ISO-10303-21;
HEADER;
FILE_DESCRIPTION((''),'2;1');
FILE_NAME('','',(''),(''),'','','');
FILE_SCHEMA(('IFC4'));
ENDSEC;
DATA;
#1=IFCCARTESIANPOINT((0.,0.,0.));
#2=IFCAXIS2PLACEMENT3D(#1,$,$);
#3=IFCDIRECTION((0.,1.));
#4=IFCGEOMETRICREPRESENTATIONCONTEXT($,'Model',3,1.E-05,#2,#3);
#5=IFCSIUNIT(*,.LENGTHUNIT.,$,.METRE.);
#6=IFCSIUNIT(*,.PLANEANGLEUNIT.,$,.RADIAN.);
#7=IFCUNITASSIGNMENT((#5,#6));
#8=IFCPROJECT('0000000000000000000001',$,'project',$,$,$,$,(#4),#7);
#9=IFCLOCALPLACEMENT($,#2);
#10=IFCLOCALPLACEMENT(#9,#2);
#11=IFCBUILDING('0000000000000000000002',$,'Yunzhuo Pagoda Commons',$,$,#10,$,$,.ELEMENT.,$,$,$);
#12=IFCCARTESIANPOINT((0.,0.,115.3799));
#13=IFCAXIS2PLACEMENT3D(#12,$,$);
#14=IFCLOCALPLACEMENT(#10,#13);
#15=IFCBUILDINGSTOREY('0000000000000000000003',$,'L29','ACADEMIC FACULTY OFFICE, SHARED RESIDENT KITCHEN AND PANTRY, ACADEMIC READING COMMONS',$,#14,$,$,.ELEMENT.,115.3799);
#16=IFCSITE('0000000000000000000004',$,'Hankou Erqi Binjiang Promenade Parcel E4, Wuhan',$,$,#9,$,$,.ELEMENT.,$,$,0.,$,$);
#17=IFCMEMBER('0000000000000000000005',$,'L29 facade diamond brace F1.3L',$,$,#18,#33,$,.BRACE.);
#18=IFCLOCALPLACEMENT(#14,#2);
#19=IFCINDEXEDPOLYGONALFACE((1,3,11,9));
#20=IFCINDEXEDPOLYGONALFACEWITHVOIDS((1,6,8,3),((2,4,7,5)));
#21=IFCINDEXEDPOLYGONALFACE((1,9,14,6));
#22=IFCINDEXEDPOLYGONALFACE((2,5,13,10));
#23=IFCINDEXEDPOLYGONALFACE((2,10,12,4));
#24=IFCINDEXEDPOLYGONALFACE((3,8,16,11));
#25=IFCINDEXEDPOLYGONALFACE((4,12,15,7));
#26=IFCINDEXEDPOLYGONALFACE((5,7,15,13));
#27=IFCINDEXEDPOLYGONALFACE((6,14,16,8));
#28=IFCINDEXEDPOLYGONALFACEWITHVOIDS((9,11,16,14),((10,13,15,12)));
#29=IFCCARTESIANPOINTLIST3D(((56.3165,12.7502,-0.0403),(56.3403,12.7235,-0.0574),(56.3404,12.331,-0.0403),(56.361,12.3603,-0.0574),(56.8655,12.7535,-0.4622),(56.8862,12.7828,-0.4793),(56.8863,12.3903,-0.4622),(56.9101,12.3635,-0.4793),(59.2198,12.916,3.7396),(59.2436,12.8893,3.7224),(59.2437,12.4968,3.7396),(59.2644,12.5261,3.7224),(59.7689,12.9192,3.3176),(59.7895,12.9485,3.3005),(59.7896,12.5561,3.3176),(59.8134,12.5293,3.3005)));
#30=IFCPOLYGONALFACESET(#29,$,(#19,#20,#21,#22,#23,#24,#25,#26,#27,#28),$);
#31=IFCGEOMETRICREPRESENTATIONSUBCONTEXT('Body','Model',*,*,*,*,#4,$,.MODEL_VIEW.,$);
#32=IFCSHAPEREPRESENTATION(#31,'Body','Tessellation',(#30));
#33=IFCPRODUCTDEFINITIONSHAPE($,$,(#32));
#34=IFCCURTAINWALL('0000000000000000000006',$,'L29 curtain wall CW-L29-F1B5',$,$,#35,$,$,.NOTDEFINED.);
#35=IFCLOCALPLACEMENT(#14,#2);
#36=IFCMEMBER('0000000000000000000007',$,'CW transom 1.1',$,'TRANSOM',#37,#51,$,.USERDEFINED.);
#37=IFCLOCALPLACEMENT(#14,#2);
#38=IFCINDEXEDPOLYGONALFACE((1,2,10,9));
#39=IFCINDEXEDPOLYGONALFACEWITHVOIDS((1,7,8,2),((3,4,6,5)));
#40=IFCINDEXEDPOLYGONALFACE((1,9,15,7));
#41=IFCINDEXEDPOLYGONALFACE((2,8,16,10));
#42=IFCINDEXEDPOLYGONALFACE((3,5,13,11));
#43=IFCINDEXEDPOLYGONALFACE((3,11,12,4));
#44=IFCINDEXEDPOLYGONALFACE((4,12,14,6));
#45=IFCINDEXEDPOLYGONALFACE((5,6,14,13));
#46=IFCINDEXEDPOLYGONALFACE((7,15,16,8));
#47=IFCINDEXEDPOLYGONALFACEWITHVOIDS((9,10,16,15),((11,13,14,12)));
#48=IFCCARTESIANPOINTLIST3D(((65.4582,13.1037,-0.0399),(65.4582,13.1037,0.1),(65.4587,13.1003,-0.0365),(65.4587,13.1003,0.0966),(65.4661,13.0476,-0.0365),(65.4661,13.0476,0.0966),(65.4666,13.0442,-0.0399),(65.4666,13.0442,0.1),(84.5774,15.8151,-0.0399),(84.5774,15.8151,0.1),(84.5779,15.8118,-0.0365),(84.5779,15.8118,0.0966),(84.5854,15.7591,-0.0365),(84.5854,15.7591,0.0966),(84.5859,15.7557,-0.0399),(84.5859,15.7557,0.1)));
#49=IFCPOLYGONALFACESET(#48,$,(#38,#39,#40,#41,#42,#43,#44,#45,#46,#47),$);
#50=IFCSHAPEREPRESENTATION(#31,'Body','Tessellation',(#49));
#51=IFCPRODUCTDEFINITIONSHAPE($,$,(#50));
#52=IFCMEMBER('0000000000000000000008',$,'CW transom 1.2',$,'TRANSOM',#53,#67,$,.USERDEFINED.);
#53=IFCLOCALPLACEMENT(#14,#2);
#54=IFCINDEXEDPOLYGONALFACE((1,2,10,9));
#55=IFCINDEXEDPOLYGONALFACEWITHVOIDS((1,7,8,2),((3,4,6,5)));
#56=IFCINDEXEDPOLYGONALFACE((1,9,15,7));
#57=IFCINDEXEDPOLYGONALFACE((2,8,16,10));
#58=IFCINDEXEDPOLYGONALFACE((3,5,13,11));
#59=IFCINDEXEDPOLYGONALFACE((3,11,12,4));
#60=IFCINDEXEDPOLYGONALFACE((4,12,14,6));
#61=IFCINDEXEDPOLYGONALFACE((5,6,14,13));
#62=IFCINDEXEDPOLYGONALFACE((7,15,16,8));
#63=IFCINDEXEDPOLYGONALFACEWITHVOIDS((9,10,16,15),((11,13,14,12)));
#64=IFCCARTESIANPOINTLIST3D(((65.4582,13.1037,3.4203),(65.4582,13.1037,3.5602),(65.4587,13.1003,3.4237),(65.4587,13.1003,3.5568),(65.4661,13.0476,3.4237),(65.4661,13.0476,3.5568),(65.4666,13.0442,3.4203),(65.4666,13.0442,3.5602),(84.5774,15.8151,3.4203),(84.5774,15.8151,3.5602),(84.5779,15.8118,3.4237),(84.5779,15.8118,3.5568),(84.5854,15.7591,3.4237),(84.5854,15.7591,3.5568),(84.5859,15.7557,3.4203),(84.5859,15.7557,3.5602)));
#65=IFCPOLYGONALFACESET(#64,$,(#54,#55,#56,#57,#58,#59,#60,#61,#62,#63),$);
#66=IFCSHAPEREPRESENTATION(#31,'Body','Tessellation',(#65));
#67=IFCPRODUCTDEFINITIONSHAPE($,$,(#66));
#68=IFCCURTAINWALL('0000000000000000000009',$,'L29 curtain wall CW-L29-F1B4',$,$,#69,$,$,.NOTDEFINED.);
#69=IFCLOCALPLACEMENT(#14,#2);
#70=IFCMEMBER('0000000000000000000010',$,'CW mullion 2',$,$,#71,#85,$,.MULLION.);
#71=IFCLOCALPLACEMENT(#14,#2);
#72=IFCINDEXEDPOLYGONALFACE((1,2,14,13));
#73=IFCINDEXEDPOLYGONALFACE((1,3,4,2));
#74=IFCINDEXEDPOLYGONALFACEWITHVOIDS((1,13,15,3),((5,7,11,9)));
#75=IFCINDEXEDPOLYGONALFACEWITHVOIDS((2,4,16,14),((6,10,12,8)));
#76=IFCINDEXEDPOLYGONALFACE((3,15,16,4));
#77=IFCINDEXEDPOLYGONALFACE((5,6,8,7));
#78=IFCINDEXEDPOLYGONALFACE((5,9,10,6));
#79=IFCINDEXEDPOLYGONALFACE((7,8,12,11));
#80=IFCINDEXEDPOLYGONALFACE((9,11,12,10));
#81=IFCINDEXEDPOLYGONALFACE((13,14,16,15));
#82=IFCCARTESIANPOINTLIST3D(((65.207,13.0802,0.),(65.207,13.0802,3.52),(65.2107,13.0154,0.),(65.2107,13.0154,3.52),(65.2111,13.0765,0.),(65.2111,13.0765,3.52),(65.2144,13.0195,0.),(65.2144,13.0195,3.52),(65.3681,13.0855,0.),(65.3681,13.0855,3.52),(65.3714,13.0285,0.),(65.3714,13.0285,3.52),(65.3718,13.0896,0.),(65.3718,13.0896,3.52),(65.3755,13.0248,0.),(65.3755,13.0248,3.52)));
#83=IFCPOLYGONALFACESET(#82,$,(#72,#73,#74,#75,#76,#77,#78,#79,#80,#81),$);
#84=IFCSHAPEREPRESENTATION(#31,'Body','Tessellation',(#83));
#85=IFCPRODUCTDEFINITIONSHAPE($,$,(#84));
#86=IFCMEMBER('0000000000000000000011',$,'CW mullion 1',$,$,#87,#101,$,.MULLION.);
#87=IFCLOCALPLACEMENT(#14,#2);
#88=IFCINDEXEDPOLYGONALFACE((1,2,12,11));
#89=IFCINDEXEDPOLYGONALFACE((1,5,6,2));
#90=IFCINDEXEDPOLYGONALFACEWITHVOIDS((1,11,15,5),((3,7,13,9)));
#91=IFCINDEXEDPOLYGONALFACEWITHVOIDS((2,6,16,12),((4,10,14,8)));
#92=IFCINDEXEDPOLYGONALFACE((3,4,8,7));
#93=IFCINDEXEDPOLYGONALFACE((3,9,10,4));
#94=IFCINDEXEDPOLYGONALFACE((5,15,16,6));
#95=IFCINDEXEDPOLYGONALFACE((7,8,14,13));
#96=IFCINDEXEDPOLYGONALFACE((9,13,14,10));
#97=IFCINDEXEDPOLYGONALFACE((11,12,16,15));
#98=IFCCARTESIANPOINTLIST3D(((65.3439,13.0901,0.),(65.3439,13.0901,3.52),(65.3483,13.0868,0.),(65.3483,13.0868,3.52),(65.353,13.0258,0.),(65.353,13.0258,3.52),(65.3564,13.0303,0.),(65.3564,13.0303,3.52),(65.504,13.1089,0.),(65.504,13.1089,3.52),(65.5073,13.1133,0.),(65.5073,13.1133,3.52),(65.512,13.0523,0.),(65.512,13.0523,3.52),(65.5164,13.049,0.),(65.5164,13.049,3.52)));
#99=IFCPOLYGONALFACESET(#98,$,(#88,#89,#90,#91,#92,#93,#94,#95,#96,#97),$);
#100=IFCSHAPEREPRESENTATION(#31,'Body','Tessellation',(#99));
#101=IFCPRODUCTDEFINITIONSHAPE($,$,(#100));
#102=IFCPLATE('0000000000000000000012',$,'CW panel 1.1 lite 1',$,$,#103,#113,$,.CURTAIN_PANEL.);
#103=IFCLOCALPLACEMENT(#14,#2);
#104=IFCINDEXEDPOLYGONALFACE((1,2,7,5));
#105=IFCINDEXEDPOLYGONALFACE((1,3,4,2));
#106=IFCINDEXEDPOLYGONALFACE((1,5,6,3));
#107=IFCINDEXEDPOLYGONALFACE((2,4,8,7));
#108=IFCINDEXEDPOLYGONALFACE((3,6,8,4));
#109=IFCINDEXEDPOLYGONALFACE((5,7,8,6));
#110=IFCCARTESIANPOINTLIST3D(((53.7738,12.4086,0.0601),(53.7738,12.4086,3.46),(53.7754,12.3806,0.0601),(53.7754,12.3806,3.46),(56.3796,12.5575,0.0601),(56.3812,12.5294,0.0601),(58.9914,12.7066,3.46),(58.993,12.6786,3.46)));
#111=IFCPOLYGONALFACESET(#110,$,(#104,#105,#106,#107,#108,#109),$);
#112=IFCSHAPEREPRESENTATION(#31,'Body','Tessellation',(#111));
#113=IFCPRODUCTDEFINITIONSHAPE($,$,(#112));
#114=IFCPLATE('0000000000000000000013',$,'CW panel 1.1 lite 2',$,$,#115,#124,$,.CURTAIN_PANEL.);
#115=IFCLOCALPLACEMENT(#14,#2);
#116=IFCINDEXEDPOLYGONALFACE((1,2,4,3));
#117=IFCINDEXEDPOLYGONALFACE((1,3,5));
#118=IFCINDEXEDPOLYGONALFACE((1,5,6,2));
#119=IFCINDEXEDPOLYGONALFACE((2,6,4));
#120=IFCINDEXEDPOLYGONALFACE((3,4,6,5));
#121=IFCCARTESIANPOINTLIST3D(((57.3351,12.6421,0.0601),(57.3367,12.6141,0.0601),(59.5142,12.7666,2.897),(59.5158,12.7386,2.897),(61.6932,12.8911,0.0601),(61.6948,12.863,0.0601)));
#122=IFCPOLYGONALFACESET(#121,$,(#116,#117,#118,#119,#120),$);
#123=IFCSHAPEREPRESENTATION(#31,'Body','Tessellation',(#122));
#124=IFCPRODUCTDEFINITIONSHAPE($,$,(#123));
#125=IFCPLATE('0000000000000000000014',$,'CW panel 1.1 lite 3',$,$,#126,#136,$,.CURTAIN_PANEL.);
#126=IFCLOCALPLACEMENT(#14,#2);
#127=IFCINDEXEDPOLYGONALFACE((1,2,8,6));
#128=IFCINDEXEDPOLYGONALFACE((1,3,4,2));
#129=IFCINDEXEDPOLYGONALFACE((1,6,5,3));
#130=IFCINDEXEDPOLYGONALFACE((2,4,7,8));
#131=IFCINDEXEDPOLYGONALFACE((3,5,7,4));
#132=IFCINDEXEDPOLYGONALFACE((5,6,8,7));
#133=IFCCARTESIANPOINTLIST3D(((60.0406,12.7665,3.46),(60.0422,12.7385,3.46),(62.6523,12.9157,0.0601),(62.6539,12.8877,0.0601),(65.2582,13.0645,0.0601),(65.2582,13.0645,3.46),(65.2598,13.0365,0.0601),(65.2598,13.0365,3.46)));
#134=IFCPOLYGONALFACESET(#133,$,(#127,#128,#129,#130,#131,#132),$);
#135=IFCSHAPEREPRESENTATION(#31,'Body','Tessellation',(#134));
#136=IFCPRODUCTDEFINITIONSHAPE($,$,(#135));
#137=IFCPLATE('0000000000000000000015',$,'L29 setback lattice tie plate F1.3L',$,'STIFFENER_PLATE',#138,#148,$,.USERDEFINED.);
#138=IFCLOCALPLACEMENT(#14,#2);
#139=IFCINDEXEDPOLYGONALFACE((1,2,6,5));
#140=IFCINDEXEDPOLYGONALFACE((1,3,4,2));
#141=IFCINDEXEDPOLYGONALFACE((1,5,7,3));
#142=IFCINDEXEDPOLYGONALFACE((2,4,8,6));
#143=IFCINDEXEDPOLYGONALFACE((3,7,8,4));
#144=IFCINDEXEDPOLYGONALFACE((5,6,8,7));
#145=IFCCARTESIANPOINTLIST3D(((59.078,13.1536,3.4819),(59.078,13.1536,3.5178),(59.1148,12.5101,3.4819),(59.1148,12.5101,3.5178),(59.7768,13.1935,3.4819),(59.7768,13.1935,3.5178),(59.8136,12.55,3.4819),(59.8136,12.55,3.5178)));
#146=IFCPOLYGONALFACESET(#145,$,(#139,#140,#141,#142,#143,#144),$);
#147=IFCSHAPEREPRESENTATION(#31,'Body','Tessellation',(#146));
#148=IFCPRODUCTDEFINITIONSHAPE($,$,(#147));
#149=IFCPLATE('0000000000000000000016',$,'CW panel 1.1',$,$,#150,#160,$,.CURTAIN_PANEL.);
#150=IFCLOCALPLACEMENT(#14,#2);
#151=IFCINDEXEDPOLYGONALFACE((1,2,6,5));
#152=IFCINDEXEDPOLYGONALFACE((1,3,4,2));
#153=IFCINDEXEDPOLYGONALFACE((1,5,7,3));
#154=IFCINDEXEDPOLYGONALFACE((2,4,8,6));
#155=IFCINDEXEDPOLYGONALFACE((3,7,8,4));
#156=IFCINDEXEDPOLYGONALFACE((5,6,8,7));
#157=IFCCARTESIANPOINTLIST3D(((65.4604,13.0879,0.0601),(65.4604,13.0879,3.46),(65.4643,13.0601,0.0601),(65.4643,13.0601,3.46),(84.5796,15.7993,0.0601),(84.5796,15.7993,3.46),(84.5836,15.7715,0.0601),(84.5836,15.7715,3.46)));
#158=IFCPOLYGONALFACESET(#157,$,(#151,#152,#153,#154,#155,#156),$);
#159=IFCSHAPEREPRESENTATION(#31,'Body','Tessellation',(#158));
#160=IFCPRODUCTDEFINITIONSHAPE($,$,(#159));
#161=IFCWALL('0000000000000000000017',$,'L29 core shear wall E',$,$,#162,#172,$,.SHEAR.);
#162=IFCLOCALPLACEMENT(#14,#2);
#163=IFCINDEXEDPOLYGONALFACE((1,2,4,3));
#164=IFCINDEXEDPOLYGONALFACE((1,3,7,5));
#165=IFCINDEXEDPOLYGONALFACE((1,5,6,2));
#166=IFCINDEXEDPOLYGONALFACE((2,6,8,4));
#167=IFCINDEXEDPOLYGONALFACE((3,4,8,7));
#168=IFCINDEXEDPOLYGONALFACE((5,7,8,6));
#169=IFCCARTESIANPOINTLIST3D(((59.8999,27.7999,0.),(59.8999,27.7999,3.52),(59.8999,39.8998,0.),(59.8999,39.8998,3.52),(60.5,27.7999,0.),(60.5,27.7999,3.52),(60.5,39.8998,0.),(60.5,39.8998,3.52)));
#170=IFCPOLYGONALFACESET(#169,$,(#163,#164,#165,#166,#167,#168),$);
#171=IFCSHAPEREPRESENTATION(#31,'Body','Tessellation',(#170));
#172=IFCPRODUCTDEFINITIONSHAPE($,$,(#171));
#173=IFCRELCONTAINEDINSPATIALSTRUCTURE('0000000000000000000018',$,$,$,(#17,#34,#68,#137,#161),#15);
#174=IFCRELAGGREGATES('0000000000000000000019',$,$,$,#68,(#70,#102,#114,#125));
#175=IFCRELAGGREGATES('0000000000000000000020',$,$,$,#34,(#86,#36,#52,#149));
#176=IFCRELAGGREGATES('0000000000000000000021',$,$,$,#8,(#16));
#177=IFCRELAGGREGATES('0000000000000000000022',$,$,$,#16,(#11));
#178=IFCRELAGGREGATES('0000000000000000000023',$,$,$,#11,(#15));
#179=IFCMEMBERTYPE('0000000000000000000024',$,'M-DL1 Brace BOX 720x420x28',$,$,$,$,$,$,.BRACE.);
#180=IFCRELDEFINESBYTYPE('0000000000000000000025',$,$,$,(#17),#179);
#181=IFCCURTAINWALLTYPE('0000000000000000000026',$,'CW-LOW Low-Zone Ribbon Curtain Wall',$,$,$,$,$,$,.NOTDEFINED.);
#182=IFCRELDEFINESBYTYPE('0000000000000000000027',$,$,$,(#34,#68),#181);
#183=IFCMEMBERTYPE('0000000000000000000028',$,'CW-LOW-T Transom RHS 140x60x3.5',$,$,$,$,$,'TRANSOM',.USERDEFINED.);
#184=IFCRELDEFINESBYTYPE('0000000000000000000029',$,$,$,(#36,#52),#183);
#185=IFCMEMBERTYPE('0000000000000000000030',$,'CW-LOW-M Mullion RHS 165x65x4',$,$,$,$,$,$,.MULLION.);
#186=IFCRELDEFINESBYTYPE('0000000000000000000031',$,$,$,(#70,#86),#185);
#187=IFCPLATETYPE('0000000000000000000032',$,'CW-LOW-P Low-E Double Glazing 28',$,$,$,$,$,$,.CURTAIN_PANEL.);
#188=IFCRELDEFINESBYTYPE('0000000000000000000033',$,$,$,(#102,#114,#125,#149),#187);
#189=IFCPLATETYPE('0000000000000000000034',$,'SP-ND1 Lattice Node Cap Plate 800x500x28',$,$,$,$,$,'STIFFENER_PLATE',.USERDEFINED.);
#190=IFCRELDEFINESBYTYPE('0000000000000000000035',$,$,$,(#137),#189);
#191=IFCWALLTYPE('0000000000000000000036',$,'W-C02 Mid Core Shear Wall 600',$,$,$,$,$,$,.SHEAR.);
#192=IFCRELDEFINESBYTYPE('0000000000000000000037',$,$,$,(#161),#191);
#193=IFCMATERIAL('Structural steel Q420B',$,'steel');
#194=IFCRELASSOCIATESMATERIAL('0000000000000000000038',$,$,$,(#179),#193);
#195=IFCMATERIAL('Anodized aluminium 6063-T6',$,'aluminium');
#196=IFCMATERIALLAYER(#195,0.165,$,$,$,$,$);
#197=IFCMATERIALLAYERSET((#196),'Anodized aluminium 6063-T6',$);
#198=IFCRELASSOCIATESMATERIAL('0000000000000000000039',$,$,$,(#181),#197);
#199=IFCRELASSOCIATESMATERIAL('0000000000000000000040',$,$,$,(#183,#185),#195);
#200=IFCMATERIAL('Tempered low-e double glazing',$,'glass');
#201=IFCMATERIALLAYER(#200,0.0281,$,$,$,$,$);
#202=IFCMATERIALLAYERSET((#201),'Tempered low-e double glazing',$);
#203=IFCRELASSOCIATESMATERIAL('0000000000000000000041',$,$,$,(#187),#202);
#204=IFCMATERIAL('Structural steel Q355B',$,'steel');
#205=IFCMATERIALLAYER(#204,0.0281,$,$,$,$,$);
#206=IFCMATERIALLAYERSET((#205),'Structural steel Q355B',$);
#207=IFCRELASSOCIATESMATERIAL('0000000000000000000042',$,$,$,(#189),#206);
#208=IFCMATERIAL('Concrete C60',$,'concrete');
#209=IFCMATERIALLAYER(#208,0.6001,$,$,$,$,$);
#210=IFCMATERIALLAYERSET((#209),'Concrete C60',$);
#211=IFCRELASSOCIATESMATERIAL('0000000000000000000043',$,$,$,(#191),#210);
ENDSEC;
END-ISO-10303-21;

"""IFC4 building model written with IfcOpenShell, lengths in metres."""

from ifc_helpers import new_model, si_unit, direction, frame, frame_2d, origin, origin_2d, place, context, subcontext, project, spatial, polyline, rectangle, hollow_rectangle, outline, extrude, source, transform, mapped, material, layer, layer_set, material_profile, profile_set, type_object, element, aggregate, save


model = new_model("IFC4")

# Units and contexts
model_context = context("Model", 3, precision=1e-05, world=origin(), true_north=direction((0.0, 1.0)))
body_context = subcontext(model_context, "Body", "Model", "MODEL_VIEW")
ifc_project = project(units=[si_unit("LENGTHUNIT", "METRE"), si_unit("PLANEANGLEUNIT", "RADIAN")], contexts=[model_context])

# Site, building, storey
site_placement = place(None, origin())
site = spatial("IfcSite", under=ifc_project, at=site_placement, Name="Hankou Erqi Binjiang Promenade Parcel E4, Wuhan", CompositionType="ELEMENT", RefElevation=0.0)
building_placement = place(site_placement, origin())
building = spatial("IfcBuilding", under=site, at=building_placement, Name="Yunzhuo Pagoda Commons", CompositionType="ELEMENT")
storey_placement = place(building_placement, frame((0.0, 0.0, 115.3799)))
storey = spatial("IfcBuildingStorey", under=building, at=storey_placement, Name="L29", Description="ACADEMIC FACULTY OFFICE, SHARED RESIDENT KITCHEN AND PANTRY, ACADEMIC READING COMMONS", CompositionType="ELEMENT", Elevation=115.3799)

# Shared definitions
ifc_material_1 = material(Name="Structural steel Q420B", Category="steel")

# Shared definitions
ifc_material_2 = material(Name="Structural steel Q355B", Category="steel")

# Member
ifc_material_profile_1 = material_profile(ifc_material_1, hollow_rectangle(XDim=0.4199, YDim=0.72, WallThickness=0.0281, at=origin_2d()), Name="Structural steel Q420B")
ifc_profile_set_1 = profile_set([ifc_material_profile_1], Name="Structural steel Q420B")
member_type_1 = type_object("IfcMemberType", Name="M-DL1 Brace BOX 720x420x28", PredefinedType="BRACE", material=ifc_profile_set_1)
shared_shape_1 = source(origin(), body_context, "Body", "SweptSolid", [
    extrude(hollow_rectangle(XDim=0.4199, YDim=0.72, WallThickness=0.0281, at=origin_2d()), origin(), (0.0, 0.0, 1.0), 4.769),
])
member_1_placement = place(storey_placement, frame((56.6133, 12.5569, -0.2598), z_axis=(0.608788, 0.03476, 0.792571), x_axis=(-0.057004, 0.998374, 0.0)))
element("IfcMember", 1, at=member_1_placement, inside=storey, type_object=member_type_1, Name="L29 facade diamond brace F1.3L", PredefinedType="BRACE", context=body_context, shape_type="MappedRepresentation", body=[
    mapped(shared_shape_1, transform((0.0, 0.0, 0.0), scale=1.0)),
])

# Curtain wall, members
ifc_material_3 = material(Name="Anodized aluminium 6063-T6", Category="aluminium")
ifc_layer_1 = layer(ifc_material_3, 0.165)
ifc_layer_set_1 = layer_set([ifc_layer_1], Name="Anodized aluminium 6063-T6")
curtain_wall_type = type_object("IfcCurtainWallType", Name="CW-LOW Low-Zone Ribbon Curtain Wall", PredefinedType="NOTDEFINED", material=ifc_layer_set_1)
curtain_wall_1_placement = place(storey_placement, origin())
curtain_wall_1 = element("IfcCurtainWall", 2, at=curtain_wall_1_placement, inside=storey, type_object=curtain_wall_type, Name="L29 curtain wall CW-L29-F1B5", PredefinedType="NOTDEFINED")
ifc_material_profile_2 = material_profile(ifc_material_3, hollow_rectangle(XDim=0.0601, YDim=0.1399, WallThickness=0.0034, at=origin_2d()), Name="Anodized aluminium 6063-T6")
ifc_profile_set_2 = profile_set([ifc_material_profile_2], Name="Anodized aluminium 6063-T6")
member_type_2 = type_object("IfcMemberType", Name="CW-LOW-T Transom RHS 140x60x3.5", ElementType="TRANSOM", PredefinedType="USERDEFINED", material=ifc_profile_set_2)
shared_shape_2 = source(origin(), body_context, "Body", "SweptSolid", [
    extrude(hollow_rectangle(XDim=0.0601, YDim=0.1399, WallThickness=0.0034, at=origin_2d()), origin(), (0.0, 0.0, 1.0), 19.3105),
])
member_2_placement = place(storey_placement, frame((65.4624, 13.074, 0.03), z_axis=(0.990093, 0.140412, 0.0), x_axis=(-0.140412, 0.990093, 0.0)))
member_2 = element("IfcMember", 3, at=member_2_placement, type_object=member_type_2, Name="CW transom 1.1", ObjectType="TRANSOM", PredefinedType="USERDEFINED", context=body_context, shape_type="MappedRepresentation", body=[
    mapped(shared_shape_2, transform((0.0, 0.0, 0.0), scale=1.0)),
])
member_3_placement = place(storey_placement, frame((65.4624, 13.074, 3.4902), z_axis=(0.990093, 0.140412, 0.0), x_axis=(-0.140412, 0.990093, 0.0)))
member_3 = element("IfcMember", 4, at=member_3_placement, type_object=member_type_2, Name="CW transom 1.2", ObjectType="TRANSOM", PredefinedType="USERDEFINED", context=body_context, shape_type="MappedRepresentation", body=[
    mapped(shared_shape_2, transform((0.0, 0.0, 0.0), scale=1.0)),
])

# Curtain wall, member
curtain_wall_2_placement = place(storey_placement, origin())
curtain_wall_2 = element("IfcCurtainWall", 5, at=curtain_wall_2_placement, inside=storey, type_object=curtain_wall_type, Name="L29 curtain wall CW-L29-F1B4", PredefinedType="NOTDEFINED")
ifc_material_profile_3 = material_profile(ifc_material_3, hollow_rectangle(XDim=0.0649, YDim=0.165, WallThickness=0.0039, at=origin_2d()), Name="Anodized aluminium 6063-T6")
ifc_profile_set_3 = profile_set([ifc_material_profile_3], Name="Anodized aluminium 6063-T6")
member_type_3 = type_object("IfcMemberType", Name="CW-LOW-M Mullion RHS 165x65x4", PredefinedType="MULLION", material=ifc_profile_set_3)
shared_shape_3 = source(origin(), body_context, "Body", "SweptSolid", [
    extrude(hollow_rectangle(XDim=0.0649, YDim=0.165, WallThickness=0.0039, at=origin_2d()), origin(), (0.0, 0.0, 1.0), 3.52),
])
member_4_placement = place(storey_placement, frame((65.2913, 13.0525, 0.0), z_axis=(0.0, 0.0, 1.0), x_axis=(-0.057028, 0.998373, 0.0)))
member_4 = element("IfcMember", 6, at=member_4_placement, type_object=member_type_3, Name="CW mullion 2", PredefinedType="MULLION", context=body_context, shape_type="MappedRepresentation", body=[
    mapped(shared_shape_3, transform((0.0, 0.0, 0.0), scale=1.0)),
])

# Member
member_5_placement = place(storey_placement, frame((65.4302, 13.0696, 0.0), z_axis=(0.0, 0.0, 1.0), x_axis=(-0.140408, 0.990094, 0.0)))
member_5 = element("IfcMember", 7, at=member_5_placement, type_object=member_type_3, Name="CW mullion 1", PredefinedType="MULLION", context=body_context, shape_type="MappedRepresentation", body=[
    mapped(shared_shape_3, transform((0.0, 0.0, 0.0), scale=1.0)),
])

# Plates
ifc_material_4 = material(Name="Tempered low-e double glazing", Category="glass")
ifc_layer_2 = layer(ifc_material_4, 0.0281)
ifc_layer_set_2 = layer_set([ifc_layer_2], Name="Tempered low-e double glazing")
plate_type_1 = type_object("IfcPlateType", Name="CW-LOW-P Low-E Double Glazing 28", PredefinedType="CURTAIN_PANEL", material=ifc_layer_set_2)
plate_1_placement = place(storey_placement, frame((56.3826, 12.5576, 1.76), z_axis=(0.057028, -0.998373, 0.0), x_axis=(0.998373, 0.057028, 0.0)))
plate_1 = element("IfcPlate", 8, at=plate_1_placement, type_object=plate_type_1, Name="CW panel 1.1 lite 1", PredefinedType="CURTAIN_PANEL", context=body_context, shape_type="SweptSolid", body=[
    extrude(outline(polyline([(-2.613, -1.7), (-0.0029, -1.7), (2.613, 1.7), (-2.613, 1.7), (-2.613, -1.7)])), origin(), (0.0, 0.0, 1.0), 0.0281),
])
plate_2_placement = place(storey_placement, frame((59.5142, 12.7666, 1.4785), z_axis=(0.057028, -0.998373, 0.0), x_axis=(0.998373, 0.057028, 0.0)))
plate_2 = element("IfcPlate", 9, at=plate_2_placement, type_object=plate_type_1, Name="CW panel 1.1 lite 2", PredefinedType="CURTAIN_PANEL", context=body_context, shape_type="SweptSolid", body=[
    extrude(outline(polyline([(-2.1826, -1.4185), (2.1826, -1.4185), (0.0, 1.4185), (-2.1826, -1.4185)])), origin(), (0.0, 0.0, 1.0), 0.0281),
])
plate_3_placement = place(storey_placement, frame((62.6494, 12.9155, 1.76), z_axis=(0.057028, -0.998373, 0.0), x_axis=(0.998373, 0.057028, 0.0)))
plate_3 = element("IfcPlate", 10, at=plate_3_placement, type_object=plate_type_1, Name="CW panel 1.1 lite 3", PredefinedType="CURTAIN_PANEL", context=body_context, shape_type="SweptSolid", body=[
    extrude(outline(polyline([(-2.613, 1.7), (0.0029, -1.7), (2.613, -1.7), (2.613, 1.7), (-2.613, 1.7)])), origin(), (0.0, 0.0, 1.0), 0.0281),
])
aggregate(curtain_wall_2, [member_4, plate_1, plate_2, plate_3])
ifc_layer_3 = layer(ifc_material_2, 0.0281)
ifc_layer_set_3 = layer_set([ifc_layer_3], Name="Structural steel Q355B")
plate_type_2 = type_object("IfcPlateType", Name="SP-ND1 Lattice Node Cap Plate 800x500x28", ElementType="STIFFENER_PLATE", PredefinedType="USERDEFINED", material=ifc_layer_set_3)
shared_shape_4 = source(origin(), body_context, "Body", "SweptSolid", [
    extrude(rectangle(XDim=0.7, YDim=0.6445, at=origin_2d()), origin(), (0.0, 0.0, 1.0), 0.0359),
])
plate_4_placement = place(storey_placement, frame((59.4458, 12.8518, 3.4819), z_axis=(0.0, 0.0, 1.0), x_axis=(0.998373, 0.057024, 0.0)))
element("IfcPlate", 11, at=plate_4_placement, inside=storey, type_object=plate_type_2, Name="L29 setback lattice tie plate F1.3L", ObjectType="STIFFENER_PLATE", PredefinedType="USERDEFINED", context=body_context, shape_type="MappedRepresentation", body=[
    mapped(shared_shape_4, transform((0.0, 0.0, 0.0), scale=1.0)),
])
shared_shape_5 = source(origin(), body_context, "Body", "SweptSolid", [
    extrude(rectangle(XDim=19.3105, YDim=0.0281, at=origin_2d()), origin(), (0.0, 0.0, 1.0), 3.3999),
])
plate_5_placement = place(storey_placement, frame((75.022, 14.4297, 0.0601), z_axis=(0.0, 0.0, 1.0), x_axis=(0.990094, 0.140408, 0.0)))
plate_5 = element("IfcPlate", 12, at=plate_5_placement, type_object=plate_type_1, Name="CW panel 1.1", PredefinedType="CURTAIN_PANEL", context=body_context, shape_type="MappedRepresentation", body=[
    mapped(shared_shape_5, transform((0.0, 0.0, 0.0), scale=1.0)),
])
aggregate(curtain_wall_1, [member_5, member_2, member_3, plate_5])

# Wall
ifc_material_5 = material(Name="Concrete C60", Category="concrete")
ifc_layer_4 = layer(ifc_material_5, 0.6001)
ifc_layer_set_4 = layer_set([ifc_layer_4], Name="Concrete C60")
wall_type_1 = type_object("IfcWallType", Name="W-C02 Mid Core Shear Wall 600", PredefinedType="SHEAR", material=ifc_layer_set_4)
wall_1_placement = place(storey_placement, frame((60.2, 27.8, 0.0), z_axis=(0.0, 0.0, 1.0), x_axis=(0.0, 1.0, 0.0)))
element("IfcWall", 13, at=wall_1_placement, inside=storey, type_object=wall_type_1, Name="L29 core shear wall E", PredefinedType="SHEAR", context=body_context, shape_type="SweptSolid", body=[
    extrude(rectangle(XDim=12.0999, YDim=0.6001, at=frame_2d((6.0498, 0.0))), origin(), (0.0, 0.0, 1.0), 3.52),
])

save(model, "model.ifc")
